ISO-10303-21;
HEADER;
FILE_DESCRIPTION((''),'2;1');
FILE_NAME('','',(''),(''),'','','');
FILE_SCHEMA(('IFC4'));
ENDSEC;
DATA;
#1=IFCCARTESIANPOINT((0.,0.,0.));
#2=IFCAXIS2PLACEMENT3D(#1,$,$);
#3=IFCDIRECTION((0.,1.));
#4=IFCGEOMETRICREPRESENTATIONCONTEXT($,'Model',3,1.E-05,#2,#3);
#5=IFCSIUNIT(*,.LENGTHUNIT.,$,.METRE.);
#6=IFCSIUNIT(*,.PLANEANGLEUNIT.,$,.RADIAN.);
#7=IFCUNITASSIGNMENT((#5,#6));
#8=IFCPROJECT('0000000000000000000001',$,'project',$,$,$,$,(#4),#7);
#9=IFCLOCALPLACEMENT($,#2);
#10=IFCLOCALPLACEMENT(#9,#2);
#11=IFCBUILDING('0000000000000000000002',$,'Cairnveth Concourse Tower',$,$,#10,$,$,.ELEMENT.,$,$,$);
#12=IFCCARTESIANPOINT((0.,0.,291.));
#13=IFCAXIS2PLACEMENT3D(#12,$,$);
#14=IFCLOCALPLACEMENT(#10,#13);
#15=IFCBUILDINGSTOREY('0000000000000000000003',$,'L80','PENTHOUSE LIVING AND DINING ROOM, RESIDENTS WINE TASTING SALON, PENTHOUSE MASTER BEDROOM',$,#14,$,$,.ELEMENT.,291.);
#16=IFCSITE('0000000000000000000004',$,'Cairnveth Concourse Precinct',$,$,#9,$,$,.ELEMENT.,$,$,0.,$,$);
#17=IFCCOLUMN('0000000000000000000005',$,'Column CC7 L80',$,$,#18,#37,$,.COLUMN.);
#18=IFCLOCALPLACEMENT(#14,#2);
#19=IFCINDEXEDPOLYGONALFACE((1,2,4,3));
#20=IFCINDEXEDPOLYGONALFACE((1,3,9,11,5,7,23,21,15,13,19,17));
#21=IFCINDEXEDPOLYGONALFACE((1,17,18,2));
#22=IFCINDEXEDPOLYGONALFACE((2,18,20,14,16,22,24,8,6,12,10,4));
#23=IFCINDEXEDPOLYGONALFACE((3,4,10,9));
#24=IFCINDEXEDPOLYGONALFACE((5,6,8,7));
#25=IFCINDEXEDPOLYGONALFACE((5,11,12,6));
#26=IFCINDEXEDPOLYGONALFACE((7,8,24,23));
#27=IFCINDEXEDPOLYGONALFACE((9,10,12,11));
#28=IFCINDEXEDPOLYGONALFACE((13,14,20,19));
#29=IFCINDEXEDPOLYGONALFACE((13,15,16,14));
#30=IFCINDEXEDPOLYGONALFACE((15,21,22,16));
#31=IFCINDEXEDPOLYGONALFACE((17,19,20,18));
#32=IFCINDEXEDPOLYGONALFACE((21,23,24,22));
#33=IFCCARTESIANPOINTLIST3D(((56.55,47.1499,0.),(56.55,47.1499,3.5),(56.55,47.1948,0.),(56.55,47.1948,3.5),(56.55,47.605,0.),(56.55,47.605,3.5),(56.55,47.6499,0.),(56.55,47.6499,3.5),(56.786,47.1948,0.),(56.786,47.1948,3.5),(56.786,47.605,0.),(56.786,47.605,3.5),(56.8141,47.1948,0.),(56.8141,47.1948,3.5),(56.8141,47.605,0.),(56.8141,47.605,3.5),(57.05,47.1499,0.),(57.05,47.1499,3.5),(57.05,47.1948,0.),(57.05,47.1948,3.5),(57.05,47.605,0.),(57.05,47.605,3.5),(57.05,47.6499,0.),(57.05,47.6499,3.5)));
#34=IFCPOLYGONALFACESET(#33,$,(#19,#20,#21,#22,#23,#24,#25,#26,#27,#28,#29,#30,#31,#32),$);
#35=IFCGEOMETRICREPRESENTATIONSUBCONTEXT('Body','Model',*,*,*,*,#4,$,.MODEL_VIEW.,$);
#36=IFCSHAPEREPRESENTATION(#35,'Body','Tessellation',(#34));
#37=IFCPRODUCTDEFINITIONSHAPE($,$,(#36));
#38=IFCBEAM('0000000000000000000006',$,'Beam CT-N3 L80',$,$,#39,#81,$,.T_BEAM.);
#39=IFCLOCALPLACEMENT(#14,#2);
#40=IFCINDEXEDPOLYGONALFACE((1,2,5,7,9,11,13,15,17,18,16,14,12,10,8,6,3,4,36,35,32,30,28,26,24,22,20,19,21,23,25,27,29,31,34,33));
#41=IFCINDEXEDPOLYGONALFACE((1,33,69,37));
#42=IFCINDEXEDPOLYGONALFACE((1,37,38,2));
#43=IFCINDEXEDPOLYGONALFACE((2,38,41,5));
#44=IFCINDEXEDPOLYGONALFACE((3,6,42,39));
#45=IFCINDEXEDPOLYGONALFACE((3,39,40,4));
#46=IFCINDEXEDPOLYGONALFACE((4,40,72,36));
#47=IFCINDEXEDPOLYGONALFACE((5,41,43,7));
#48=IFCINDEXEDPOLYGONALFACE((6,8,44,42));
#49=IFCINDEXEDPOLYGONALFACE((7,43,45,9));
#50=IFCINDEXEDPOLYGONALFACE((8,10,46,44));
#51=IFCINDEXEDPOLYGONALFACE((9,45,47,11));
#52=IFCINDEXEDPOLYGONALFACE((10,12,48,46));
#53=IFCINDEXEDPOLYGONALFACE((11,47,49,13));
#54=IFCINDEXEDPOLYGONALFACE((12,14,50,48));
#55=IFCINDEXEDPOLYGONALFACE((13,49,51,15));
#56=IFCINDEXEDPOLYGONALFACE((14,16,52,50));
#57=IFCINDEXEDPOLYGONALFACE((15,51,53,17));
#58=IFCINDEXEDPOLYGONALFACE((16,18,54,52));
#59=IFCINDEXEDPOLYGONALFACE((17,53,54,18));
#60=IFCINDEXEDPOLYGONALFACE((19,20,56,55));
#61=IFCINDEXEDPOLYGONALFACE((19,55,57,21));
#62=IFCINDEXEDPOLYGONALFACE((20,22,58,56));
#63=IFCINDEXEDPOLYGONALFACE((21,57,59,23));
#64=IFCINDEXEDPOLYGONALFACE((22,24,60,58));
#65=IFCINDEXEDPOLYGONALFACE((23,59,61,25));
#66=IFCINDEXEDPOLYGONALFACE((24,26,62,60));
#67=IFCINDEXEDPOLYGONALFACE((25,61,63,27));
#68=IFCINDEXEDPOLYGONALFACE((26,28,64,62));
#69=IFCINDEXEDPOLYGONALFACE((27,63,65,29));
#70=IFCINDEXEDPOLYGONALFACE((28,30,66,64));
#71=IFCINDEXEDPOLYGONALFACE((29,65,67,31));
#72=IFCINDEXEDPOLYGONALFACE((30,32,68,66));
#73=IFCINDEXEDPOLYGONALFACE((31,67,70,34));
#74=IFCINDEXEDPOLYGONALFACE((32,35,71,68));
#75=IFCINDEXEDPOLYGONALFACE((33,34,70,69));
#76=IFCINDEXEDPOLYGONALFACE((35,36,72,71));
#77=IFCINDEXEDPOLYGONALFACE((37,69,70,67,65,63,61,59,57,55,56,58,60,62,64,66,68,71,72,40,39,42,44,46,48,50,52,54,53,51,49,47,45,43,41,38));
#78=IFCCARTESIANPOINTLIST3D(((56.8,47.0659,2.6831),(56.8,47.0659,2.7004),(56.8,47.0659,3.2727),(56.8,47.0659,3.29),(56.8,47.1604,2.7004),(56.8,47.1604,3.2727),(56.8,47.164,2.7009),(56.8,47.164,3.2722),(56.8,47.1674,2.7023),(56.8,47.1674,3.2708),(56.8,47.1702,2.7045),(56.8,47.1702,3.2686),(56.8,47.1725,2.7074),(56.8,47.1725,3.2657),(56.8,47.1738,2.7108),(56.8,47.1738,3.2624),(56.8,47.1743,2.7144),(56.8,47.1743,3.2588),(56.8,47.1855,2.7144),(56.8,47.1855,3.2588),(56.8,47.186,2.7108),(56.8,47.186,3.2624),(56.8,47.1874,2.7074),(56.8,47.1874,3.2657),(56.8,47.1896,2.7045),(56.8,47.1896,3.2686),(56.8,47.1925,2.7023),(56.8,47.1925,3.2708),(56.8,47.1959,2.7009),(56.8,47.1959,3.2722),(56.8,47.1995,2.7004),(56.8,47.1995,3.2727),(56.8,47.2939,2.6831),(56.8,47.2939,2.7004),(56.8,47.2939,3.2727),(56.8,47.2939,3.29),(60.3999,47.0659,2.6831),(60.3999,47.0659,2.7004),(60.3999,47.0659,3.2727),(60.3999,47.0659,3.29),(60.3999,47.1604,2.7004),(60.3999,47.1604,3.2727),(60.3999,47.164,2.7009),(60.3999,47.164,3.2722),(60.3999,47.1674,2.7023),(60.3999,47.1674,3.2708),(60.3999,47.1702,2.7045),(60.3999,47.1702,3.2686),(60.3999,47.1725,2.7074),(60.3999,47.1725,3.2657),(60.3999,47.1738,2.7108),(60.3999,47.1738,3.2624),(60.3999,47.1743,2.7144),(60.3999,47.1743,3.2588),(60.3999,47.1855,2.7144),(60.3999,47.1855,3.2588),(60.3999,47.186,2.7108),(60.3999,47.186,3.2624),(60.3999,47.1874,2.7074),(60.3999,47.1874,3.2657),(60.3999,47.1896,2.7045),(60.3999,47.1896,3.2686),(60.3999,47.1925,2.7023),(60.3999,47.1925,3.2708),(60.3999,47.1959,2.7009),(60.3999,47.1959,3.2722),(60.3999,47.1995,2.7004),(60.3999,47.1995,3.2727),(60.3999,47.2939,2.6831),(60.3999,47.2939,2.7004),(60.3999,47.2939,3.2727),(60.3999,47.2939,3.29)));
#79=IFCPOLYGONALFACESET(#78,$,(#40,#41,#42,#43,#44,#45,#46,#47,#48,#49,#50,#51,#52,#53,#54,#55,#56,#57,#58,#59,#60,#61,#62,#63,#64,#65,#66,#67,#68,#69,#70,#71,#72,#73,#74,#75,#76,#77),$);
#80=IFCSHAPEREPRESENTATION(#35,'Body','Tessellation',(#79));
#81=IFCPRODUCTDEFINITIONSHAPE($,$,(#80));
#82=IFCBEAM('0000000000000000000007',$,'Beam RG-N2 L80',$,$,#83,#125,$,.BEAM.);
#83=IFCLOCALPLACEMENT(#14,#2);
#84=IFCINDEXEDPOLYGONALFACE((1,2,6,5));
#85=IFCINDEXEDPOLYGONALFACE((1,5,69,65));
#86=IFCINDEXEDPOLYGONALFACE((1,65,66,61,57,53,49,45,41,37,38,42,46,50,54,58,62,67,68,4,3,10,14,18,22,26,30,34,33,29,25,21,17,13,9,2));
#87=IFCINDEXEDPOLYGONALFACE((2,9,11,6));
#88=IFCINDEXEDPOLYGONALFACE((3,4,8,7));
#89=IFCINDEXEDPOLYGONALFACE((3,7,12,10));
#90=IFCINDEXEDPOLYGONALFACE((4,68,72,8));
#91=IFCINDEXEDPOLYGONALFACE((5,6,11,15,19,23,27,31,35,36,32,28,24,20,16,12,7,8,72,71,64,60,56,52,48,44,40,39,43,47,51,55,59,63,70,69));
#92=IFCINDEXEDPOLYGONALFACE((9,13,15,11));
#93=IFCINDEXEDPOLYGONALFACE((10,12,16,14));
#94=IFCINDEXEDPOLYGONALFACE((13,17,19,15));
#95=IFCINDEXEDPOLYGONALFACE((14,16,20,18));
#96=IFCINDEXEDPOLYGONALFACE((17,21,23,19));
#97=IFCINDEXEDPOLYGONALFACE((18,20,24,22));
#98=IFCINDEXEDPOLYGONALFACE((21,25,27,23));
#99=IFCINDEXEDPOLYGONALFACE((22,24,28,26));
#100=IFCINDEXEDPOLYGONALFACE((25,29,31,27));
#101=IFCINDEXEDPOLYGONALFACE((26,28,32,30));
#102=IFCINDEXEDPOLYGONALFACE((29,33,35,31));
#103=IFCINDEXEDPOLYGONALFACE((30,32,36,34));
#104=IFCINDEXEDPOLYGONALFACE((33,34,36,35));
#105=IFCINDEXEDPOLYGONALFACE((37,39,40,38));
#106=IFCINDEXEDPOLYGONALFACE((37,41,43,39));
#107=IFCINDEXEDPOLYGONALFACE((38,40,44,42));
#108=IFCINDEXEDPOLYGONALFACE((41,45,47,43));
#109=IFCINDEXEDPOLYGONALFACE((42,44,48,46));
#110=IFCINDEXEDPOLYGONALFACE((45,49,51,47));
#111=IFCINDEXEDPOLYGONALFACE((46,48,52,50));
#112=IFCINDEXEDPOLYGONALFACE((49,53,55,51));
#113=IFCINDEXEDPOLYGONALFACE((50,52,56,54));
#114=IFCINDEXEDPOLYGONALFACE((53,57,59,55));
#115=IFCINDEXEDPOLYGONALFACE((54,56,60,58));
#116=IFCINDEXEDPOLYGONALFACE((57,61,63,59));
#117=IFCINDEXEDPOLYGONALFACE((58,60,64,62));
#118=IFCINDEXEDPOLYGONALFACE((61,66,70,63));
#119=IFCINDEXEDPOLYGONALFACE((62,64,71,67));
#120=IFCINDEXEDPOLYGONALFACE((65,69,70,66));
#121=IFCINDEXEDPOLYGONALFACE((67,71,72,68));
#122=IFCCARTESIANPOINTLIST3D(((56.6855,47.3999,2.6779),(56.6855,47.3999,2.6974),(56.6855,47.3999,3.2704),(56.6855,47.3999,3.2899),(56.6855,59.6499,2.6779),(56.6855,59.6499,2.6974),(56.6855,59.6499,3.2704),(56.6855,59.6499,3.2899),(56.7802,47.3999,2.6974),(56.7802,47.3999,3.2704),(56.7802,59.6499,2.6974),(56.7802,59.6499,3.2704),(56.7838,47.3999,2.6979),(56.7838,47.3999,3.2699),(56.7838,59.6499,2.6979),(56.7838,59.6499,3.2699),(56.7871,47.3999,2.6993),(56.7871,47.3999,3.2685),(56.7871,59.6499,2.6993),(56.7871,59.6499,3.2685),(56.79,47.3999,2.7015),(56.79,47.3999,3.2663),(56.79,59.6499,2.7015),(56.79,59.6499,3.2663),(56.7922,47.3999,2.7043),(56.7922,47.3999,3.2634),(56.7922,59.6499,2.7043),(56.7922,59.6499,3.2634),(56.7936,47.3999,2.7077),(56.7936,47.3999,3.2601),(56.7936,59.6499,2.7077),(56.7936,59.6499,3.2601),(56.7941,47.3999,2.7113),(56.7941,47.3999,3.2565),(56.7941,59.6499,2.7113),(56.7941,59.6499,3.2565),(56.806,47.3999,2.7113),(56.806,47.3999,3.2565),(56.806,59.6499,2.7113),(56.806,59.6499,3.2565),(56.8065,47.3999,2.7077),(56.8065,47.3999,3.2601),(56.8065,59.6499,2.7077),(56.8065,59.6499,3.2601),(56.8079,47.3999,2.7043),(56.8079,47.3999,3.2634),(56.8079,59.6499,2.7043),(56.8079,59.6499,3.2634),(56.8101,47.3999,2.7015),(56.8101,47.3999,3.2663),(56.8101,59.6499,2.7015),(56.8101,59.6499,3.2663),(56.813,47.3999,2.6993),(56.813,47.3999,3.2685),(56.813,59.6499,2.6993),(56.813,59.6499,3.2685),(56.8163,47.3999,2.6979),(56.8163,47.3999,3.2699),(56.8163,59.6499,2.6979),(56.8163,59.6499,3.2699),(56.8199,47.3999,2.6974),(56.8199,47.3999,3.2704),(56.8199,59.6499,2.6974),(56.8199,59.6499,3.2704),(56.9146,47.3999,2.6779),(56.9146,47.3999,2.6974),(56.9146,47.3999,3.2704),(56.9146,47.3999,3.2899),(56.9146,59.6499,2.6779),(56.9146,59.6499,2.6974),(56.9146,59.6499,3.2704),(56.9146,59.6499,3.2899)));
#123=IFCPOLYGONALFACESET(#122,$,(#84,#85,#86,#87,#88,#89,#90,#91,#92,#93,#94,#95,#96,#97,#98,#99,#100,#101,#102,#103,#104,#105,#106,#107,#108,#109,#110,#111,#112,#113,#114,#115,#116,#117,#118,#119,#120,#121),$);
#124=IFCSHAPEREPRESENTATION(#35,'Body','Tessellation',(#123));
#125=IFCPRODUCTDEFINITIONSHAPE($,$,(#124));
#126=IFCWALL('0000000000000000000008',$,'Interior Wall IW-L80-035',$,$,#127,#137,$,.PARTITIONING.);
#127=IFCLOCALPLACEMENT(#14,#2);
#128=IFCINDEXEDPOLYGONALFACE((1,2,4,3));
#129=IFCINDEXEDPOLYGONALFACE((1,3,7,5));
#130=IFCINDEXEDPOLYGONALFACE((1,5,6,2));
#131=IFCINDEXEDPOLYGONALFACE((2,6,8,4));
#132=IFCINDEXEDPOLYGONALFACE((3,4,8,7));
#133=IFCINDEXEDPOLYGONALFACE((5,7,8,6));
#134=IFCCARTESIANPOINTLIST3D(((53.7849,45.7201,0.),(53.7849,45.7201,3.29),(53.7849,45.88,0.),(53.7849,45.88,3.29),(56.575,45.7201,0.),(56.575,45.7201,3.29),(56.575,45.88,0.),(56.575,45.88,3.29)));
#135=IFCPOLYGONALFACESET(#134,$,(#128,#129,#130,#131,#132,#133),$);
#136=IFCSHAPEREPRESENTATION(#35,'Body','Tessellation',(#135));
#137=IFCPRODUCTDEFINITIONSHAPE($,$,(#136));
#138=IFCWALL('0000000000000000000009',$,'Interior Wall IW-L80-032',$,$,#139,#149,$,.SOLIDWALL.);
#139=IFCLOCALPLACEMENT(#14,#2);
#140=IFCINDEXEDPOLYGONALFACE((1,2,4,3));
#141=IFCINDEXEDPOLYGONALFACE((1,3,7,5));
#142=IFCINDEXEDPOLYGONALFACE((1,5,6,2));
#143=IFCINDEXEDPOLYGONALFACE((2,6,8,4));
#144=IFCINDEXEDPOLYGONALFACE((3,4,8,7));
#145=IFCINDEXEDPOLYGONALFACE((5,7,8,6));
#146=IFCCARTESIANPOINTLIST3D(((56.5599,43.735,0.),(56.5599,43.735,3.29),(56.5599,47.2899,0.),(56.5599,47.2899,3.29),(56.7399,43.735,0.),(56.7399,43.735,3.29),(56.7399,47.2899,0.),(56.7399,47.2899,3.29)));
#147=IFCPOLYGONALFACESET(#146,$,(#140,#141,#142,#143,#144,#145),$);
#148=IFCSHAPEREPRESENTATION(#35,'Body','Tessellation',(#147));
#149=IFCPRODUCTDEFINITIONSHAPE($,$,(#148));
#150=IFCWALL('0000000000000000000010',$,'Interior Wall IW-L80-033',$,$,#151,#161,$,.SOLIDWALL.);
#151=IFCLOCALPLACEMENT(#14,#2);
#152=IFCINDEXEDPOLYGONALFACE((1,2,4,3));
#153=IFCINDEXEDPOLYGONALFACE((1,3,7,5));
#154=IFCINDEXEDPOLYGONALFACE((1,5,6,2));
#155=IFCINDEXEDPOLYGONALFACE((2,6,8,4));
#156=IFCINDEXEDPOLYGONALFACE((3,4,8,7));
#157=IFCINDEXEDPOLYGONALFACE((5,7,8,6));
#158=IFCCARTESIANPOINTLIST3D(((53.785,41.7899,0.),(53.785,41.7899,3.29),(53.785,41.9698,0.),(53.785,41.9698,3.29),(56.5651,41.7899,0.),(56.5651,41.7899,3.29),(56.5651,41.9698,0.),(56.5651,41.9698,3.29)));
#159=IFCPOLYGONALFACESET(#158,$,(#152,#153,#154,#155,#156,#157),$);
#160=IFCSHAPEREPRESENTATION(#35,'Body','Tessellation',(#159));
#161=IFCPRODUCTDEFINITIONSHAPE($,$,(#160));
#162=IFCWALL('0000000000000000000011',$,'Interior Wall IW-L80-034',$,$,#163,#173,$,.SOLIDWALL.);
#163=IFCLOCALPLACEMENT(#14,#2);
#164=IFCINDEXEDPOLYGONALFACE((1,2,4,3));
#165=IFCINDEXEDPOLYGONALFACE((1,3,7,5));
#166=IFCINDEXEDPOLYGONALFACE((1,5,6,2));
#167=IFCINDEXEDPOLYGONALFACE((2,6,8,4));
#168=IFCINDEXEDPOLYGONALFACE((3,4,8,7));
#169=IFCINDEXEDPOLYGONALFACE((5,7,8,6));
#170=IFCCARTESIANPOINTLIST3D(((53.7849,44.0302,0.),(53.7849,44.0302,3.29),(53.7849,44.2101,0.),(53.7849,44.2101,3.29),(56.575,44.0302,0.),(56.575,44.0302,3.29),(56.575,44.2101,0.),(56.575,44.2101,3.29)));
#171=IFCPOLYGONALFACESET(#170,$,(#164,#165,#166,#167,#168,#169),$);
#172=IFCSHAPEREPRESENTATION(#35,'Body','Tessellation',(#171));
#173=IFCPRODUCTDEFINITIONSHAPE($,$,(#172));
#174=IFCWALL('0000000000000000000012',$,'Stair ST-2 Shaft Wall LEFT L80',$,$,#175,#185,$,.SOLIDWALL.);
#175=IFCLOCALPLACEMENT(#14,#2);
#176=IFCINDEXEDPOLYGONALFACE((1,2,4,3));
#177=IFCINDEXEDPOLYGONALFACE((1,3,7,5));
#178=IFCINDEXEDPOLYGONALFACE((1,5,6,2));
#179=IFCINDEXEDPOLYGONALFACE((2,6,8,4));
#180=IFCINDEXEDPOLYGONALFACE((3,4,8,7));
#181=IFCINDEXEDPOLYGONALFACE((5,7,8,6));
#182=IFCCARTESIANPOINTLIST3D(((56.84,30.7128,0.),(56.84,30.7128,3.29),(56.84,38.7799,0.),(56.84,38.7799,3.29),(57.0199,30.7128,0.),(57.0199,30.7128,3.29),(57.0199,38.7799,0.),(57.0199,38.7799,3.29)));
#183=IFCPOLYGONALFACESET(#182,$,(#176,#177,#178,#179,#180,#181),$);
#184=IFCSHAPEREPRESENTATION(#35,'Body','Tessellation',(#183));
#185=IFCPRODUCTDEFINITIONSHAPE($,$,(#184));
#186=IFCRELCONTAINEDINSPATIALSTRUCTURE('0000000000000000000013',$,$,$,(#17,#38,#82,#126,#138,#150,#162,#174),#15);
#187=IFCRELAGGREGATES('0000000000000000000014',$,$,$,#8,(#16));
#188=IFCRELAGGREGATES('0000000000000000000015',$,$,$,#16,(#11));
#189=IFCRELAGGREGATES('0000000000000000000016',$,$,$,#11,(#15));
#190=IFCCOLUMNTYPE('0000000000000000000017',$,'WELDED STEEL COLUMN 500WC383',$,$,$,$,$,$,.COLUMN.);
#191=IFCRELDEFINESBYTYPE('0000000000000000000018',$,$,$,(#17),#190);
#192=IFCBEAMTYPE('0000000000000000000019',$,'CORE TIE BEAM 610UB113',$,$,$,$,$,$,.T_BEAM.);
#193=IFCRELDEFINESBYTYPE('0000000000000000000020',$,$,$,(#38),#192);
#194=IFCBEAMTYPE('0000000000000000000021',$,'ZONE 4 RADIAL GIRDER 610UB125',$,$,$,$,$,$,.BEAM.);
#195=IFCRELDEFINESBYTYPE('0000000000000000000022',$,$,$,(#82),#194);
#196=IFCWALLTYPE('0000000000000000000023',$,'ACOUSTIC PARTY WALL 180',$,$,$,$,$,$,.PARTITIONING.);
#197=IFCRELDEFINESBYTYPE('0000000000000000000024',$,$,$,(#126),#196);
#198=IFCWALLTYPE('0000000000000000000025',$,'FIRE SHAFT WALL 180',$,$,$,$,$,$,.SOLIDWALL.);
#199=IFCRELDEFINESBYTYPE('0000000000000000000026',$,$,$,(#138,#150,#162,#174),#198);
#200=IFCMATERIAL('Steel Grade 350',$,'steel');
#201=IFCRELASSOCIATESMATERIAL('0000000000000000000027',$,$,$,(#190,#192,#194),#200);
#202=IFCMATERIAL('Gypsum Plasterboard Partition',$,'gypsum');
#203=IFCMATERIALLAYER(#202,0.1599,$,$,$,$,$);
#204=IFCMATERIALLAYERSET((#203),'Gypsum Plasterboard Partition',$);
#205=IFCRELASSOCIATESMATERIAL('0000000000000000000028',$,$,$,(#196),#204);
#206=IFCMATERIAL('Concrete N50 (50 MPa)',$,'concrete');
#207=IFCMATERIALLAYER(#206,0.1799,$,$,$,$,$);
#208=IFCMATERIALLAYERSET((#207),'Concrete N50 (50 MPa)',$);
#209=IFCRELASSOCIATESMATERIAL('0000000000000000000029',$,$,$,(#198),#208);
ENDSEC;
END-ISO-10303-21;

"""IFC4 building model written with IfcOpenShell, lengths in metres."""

from ifc_helpers import new_model, si_unit, direction, frame, frame_2d, origin, origin_2d, place, context, subcontext, project, spatial, rectangle, i_section, extrude, material, layer, layer_set, material_profile, profile_set, type_object, element, save


model = new_model("IFC4")

# Units and contexts
model_context = context("Model", 3, precision=1e-05, world=origin(), true_north=direction((0.0, 1.0)))
body_context = subcontext(model_context, "Body", "Model", "MODEL_VIEW")
ifc_project = project(units=[si_unit("LENGTHUNIT", "METRE"), si_unit("PLANEANGLEUNIT", "RADIAN")], contexts=[model_context])

# Site, building, storey
site_placement = place(None, origin())
site = spatial("IfcSite", under=ifc_project, at=site_placement, Name="Cairnveth Concourse Precinct", CompositionType="ELEMENT", RefElevation=0.0)
building_placement = place(site_placement, origin())
building = spatial("IfcBuilding", under=site, at=building_placement, Name="Cairnveth Concourse Tower", CompositionType="ELEMENT")
storey_placement = place(building_placement, frame((0.0, 0.0, 291.0)))
storey = spatial("IfcBuildingStorey", under=building, at=storey_placement, Name="L80", Description="PENTHOUSE LIVING AND DINING ROOM, RESIDENTS WINE TASTING SALON, PENTHOUSE MASTER BEDROOM", CompositionType="ELEMENT", Elevation=291.0)

# Column
ifc_material_1 = material(Name="Steel Grade 350", Category="steel")
ifc_material_profile_1 = material_profile(ifc_material_1, i_section(OverallWidth=0.5, OverallDepth=0.5, WebThickness=0.0281, FlangeThickness=0.0449, at=origin_2d()), Name="500WC383")
ifc_profile_set_1 = profile_set([ifc_material_profile_1], Name="Steel Grade 350")
column_type = type_object("IfcColumnType", Name="WELDED STEEL COLUMN 500WC383", PredefinedType="COLUMN", material=ifc_profile_set_1)
column_placement = place(storey_placement, frame((56.8, 47.3999, 0.0), z_axis=(0.0, 0.0, 1.0), x_axis=(1.0, 0.0, 0.0)))
element("IfcColumn", 1, at=column_placement, inside=storey, type_object=column_type, Name="Column CC7 L80", PredefinedType="COLUMN", context=body_context, shape_type="SweptSolid", body=[
    extrude(i_section(OverallWidth=0.5, OverallDepth=0.5, WebThickness=0.0281, FlangeThickness=0.0449, at=origin_2d()), origin(), (0.0, 0.0, 1.0), 3.5),
])

# Beams
ifc_material_profile_2 = material_profile(ifc_material_1, i_section(OverallWidth=0.228, OverallDepth=0.6069, WebThickness=0.0112, FlangeThickness=0.0173, FilletRadius=0.0139, at=origin_2d()), Name="610UB113")
ifc_profile_set_2 = profile_set([ifc_material_profile_2], Name="Steel Grade 350")
beam_type_1 = type_object("IfcBeamType", Name="CORE TIE BEAM 610UB113", PredefinedType="T_BEAM", material=ifc_profile_set_2)
beam_1_placement = place(storey_placement, frame((56.8, 47.1799, 2.9866), z_axis=(1.0, 0.0, 0.0), x_axis=(0.0, 1.0, 0.0)))
element("IfcBeam", 2, at=beam_1_placement, inside=storey, type_object=beam_type_1, Name="Beam CT-N3 L80", PredefinedType="T_BEAM", context=body_context, shape_type="SweptSolid", body=[
    extrude(i_section(OverallWidth=0.228, OverallDepth=0.6069, WebThickness=0.0112, FlangeThickness=0.0173, FilletRadius=0.0139, at=origin_2d()), origin(), (0.0, 0.0, 1.0), 3.5999),
])
ifc_material_profile_3 = material_profile(ifc_material_1, i_section(OverallWidth=0.229, OverallDepth=0.6121, WebThickness=0.012, FlangeThickness=0.0195, FilletRadius=0.0139, at=origin_2d()), Name="610UB125")
ifc_profile_set_3 = profile_set([ifc_material_profile_3], Name="Steel Grade 350")
beam_type_2 = type_object("IfcBeamType", Name="ZONE 4 RADIAL GIRDER 610UB125", PredefinedType="BEAM", material=ifc_profile_set_3)
beam_2_placement = place(storey_placement, frame((56.8, 47.3999, 2.9839), z_axis=(0.0, 1.0, 0.0), x_axis=(-1.0, 0.0, 0.0)))
element("IfcBeam", 3, at=beam_2_placement, inside=storey, type_object=beam_type_2, Name="Beam RG-N2 L80", PredefinedType="BEAM", context=body_context, shape_type="SweptSolid", body=[
    extrude(i_section(OverallWidth=0.229, OverallDepth=0.6121, WebThickness=0.012, FlangeThickness=0.0195, FilletRadius=0.0139, at=origin_2d()), origin(), (0.0, 0.0, 1.0), 12.25),
])

# Walls
ifc_material_2 = material(Name="Gypsum Plasterboard Partition", Category="gypsum")
ifc_layer_1 = layer(ifc_material_2, 0.1599)
ifc_layer_set_1 = layer_set([ifc_layer_1], Name="Gypsum Plasterboard Partition")
wall_type_1 = type_object("IfcWallType", Name="ACOUSTIC PARTY WALL 180", PredefinedType="PARTITIONING", material=ifc_layer_set_1)
wall_1_placement = place(storey_placement, frame((53.7849, 45.8, 0.0), z_axis=(0.0, 0.0, 1.0), x_axis=(1.0, 0.0, 0.0)))
element("IfcWall", 4, at=wall_1_placement, inside=storey, type_object=wall_type_1, Name="Interior Wall IW-L80-035", PredefinedType="PARTITIONING", context=body_context, shape_type="SweptSolid", body=[
    extrude(rectangle(XDim=2.79, YDim=0.1599, at=frame_2d((1.395, 0.0))), origin(), (0.0, 0.0, 1.0), 3.29),
])
ifc_material_3 = material(Name="Concrete N50 (50 MPa)", Category="concrete")
ifc_layer_2 = layer(ifc_material_3, 0.1799)
ifc_layer_set_2 = layer_set([ifc_layer_2], Name="Concrete N50 (50 MPa)")
wall_type_2 = type_object("IfcWallType", Name="FIRE SHAFT WALL 180", PredefinedType="SOLIDWALL", material=ifc_layer_set_2)
wall_2_placement = place(storey_placement, frame((56.6499, 43.7351, 0.0), z_axis=(0.0, 0.0, 1.0), x_axis=(0.0, 1.0, 0.0)))
element("IfcWall", 5, at=wall_2_placement, inside=storey, type_object=wall_type_2, Name="Interior Wall IW-L80-032", PredefinedType="SOLIDWALL", context=body_context, shape_type="SweptSolid", body=[
    extrude(rectangle(XDim=3.5549, YDim=0.1799, at=frame_2d((1.7773, 0.0))), origin(), (0.0, 0.0, 1.0), 3.29),
])
wall_3_placement = place(storey_placement, frame((53.7849, 41.8799, 0.0), z_axis=(0.0, 0.0, 1.0), x_axis=(1.0, 0.0, 0.0)))
element("IfcWall", 6, at=wall_3_placement, inside=storey, type_object=wall_type_2, Name="Interior Wall IW-L80-033", PredefinedType="SOLIDWALL", context=body_context, shape_type="SweptSolid", body=[
    extrude(rectangle(XDim=2.78, YDim=0.1799, at=frame_2d((1.3901, 0.0))), origin(), (0.0, 0.0, 1.0), 3.29),
])
wall_4_placement = place(storey_placement, frame((53.7849, 44.1201, 0.0), z_axis=(0.0, 0.0, 1.0), x_axis=(1.0, 0.0, 0.0)))
element("IfcWall", 7, at=wall_4_placement, inside=storey, type_object=wall_type_2, Name="Interior Wall IW-L80-034", PredefinedType="SOLIDWALL", context=body_context, shape_type="SweptSolid", body=[
    extrude(rectangle(XDim=2.79, YDim=0.1799, at=frame_2d((1.395, 0.0))), origin(), (0.0, 0.0, 1.0), 3.29),
])

# Wall
wall_5_placement = place(storey_placement, frame((56.9299, 38.78, 0.0), z_axis=(0.0, 0.0, 1.0), x_axis=(0.0, -1.0, 0.0)))
element("IfcWall", 8, at=wall_5_placement, inside=storey, type_object=wall_type_2, Name="Stair ST-2 Shaft Wall LEFT L80", PredefinedType="SOLIDWALL", context=body_context, shape_type="SweptSolid", body=[
    extrude(rectangle(XDim=8.0671, YDim=0.1799, at=frame_2d((4.0337, 0.0))), origin(), (0.0, 0.0, 1.0), 3.29),
])

save(model, "model.ifc")
